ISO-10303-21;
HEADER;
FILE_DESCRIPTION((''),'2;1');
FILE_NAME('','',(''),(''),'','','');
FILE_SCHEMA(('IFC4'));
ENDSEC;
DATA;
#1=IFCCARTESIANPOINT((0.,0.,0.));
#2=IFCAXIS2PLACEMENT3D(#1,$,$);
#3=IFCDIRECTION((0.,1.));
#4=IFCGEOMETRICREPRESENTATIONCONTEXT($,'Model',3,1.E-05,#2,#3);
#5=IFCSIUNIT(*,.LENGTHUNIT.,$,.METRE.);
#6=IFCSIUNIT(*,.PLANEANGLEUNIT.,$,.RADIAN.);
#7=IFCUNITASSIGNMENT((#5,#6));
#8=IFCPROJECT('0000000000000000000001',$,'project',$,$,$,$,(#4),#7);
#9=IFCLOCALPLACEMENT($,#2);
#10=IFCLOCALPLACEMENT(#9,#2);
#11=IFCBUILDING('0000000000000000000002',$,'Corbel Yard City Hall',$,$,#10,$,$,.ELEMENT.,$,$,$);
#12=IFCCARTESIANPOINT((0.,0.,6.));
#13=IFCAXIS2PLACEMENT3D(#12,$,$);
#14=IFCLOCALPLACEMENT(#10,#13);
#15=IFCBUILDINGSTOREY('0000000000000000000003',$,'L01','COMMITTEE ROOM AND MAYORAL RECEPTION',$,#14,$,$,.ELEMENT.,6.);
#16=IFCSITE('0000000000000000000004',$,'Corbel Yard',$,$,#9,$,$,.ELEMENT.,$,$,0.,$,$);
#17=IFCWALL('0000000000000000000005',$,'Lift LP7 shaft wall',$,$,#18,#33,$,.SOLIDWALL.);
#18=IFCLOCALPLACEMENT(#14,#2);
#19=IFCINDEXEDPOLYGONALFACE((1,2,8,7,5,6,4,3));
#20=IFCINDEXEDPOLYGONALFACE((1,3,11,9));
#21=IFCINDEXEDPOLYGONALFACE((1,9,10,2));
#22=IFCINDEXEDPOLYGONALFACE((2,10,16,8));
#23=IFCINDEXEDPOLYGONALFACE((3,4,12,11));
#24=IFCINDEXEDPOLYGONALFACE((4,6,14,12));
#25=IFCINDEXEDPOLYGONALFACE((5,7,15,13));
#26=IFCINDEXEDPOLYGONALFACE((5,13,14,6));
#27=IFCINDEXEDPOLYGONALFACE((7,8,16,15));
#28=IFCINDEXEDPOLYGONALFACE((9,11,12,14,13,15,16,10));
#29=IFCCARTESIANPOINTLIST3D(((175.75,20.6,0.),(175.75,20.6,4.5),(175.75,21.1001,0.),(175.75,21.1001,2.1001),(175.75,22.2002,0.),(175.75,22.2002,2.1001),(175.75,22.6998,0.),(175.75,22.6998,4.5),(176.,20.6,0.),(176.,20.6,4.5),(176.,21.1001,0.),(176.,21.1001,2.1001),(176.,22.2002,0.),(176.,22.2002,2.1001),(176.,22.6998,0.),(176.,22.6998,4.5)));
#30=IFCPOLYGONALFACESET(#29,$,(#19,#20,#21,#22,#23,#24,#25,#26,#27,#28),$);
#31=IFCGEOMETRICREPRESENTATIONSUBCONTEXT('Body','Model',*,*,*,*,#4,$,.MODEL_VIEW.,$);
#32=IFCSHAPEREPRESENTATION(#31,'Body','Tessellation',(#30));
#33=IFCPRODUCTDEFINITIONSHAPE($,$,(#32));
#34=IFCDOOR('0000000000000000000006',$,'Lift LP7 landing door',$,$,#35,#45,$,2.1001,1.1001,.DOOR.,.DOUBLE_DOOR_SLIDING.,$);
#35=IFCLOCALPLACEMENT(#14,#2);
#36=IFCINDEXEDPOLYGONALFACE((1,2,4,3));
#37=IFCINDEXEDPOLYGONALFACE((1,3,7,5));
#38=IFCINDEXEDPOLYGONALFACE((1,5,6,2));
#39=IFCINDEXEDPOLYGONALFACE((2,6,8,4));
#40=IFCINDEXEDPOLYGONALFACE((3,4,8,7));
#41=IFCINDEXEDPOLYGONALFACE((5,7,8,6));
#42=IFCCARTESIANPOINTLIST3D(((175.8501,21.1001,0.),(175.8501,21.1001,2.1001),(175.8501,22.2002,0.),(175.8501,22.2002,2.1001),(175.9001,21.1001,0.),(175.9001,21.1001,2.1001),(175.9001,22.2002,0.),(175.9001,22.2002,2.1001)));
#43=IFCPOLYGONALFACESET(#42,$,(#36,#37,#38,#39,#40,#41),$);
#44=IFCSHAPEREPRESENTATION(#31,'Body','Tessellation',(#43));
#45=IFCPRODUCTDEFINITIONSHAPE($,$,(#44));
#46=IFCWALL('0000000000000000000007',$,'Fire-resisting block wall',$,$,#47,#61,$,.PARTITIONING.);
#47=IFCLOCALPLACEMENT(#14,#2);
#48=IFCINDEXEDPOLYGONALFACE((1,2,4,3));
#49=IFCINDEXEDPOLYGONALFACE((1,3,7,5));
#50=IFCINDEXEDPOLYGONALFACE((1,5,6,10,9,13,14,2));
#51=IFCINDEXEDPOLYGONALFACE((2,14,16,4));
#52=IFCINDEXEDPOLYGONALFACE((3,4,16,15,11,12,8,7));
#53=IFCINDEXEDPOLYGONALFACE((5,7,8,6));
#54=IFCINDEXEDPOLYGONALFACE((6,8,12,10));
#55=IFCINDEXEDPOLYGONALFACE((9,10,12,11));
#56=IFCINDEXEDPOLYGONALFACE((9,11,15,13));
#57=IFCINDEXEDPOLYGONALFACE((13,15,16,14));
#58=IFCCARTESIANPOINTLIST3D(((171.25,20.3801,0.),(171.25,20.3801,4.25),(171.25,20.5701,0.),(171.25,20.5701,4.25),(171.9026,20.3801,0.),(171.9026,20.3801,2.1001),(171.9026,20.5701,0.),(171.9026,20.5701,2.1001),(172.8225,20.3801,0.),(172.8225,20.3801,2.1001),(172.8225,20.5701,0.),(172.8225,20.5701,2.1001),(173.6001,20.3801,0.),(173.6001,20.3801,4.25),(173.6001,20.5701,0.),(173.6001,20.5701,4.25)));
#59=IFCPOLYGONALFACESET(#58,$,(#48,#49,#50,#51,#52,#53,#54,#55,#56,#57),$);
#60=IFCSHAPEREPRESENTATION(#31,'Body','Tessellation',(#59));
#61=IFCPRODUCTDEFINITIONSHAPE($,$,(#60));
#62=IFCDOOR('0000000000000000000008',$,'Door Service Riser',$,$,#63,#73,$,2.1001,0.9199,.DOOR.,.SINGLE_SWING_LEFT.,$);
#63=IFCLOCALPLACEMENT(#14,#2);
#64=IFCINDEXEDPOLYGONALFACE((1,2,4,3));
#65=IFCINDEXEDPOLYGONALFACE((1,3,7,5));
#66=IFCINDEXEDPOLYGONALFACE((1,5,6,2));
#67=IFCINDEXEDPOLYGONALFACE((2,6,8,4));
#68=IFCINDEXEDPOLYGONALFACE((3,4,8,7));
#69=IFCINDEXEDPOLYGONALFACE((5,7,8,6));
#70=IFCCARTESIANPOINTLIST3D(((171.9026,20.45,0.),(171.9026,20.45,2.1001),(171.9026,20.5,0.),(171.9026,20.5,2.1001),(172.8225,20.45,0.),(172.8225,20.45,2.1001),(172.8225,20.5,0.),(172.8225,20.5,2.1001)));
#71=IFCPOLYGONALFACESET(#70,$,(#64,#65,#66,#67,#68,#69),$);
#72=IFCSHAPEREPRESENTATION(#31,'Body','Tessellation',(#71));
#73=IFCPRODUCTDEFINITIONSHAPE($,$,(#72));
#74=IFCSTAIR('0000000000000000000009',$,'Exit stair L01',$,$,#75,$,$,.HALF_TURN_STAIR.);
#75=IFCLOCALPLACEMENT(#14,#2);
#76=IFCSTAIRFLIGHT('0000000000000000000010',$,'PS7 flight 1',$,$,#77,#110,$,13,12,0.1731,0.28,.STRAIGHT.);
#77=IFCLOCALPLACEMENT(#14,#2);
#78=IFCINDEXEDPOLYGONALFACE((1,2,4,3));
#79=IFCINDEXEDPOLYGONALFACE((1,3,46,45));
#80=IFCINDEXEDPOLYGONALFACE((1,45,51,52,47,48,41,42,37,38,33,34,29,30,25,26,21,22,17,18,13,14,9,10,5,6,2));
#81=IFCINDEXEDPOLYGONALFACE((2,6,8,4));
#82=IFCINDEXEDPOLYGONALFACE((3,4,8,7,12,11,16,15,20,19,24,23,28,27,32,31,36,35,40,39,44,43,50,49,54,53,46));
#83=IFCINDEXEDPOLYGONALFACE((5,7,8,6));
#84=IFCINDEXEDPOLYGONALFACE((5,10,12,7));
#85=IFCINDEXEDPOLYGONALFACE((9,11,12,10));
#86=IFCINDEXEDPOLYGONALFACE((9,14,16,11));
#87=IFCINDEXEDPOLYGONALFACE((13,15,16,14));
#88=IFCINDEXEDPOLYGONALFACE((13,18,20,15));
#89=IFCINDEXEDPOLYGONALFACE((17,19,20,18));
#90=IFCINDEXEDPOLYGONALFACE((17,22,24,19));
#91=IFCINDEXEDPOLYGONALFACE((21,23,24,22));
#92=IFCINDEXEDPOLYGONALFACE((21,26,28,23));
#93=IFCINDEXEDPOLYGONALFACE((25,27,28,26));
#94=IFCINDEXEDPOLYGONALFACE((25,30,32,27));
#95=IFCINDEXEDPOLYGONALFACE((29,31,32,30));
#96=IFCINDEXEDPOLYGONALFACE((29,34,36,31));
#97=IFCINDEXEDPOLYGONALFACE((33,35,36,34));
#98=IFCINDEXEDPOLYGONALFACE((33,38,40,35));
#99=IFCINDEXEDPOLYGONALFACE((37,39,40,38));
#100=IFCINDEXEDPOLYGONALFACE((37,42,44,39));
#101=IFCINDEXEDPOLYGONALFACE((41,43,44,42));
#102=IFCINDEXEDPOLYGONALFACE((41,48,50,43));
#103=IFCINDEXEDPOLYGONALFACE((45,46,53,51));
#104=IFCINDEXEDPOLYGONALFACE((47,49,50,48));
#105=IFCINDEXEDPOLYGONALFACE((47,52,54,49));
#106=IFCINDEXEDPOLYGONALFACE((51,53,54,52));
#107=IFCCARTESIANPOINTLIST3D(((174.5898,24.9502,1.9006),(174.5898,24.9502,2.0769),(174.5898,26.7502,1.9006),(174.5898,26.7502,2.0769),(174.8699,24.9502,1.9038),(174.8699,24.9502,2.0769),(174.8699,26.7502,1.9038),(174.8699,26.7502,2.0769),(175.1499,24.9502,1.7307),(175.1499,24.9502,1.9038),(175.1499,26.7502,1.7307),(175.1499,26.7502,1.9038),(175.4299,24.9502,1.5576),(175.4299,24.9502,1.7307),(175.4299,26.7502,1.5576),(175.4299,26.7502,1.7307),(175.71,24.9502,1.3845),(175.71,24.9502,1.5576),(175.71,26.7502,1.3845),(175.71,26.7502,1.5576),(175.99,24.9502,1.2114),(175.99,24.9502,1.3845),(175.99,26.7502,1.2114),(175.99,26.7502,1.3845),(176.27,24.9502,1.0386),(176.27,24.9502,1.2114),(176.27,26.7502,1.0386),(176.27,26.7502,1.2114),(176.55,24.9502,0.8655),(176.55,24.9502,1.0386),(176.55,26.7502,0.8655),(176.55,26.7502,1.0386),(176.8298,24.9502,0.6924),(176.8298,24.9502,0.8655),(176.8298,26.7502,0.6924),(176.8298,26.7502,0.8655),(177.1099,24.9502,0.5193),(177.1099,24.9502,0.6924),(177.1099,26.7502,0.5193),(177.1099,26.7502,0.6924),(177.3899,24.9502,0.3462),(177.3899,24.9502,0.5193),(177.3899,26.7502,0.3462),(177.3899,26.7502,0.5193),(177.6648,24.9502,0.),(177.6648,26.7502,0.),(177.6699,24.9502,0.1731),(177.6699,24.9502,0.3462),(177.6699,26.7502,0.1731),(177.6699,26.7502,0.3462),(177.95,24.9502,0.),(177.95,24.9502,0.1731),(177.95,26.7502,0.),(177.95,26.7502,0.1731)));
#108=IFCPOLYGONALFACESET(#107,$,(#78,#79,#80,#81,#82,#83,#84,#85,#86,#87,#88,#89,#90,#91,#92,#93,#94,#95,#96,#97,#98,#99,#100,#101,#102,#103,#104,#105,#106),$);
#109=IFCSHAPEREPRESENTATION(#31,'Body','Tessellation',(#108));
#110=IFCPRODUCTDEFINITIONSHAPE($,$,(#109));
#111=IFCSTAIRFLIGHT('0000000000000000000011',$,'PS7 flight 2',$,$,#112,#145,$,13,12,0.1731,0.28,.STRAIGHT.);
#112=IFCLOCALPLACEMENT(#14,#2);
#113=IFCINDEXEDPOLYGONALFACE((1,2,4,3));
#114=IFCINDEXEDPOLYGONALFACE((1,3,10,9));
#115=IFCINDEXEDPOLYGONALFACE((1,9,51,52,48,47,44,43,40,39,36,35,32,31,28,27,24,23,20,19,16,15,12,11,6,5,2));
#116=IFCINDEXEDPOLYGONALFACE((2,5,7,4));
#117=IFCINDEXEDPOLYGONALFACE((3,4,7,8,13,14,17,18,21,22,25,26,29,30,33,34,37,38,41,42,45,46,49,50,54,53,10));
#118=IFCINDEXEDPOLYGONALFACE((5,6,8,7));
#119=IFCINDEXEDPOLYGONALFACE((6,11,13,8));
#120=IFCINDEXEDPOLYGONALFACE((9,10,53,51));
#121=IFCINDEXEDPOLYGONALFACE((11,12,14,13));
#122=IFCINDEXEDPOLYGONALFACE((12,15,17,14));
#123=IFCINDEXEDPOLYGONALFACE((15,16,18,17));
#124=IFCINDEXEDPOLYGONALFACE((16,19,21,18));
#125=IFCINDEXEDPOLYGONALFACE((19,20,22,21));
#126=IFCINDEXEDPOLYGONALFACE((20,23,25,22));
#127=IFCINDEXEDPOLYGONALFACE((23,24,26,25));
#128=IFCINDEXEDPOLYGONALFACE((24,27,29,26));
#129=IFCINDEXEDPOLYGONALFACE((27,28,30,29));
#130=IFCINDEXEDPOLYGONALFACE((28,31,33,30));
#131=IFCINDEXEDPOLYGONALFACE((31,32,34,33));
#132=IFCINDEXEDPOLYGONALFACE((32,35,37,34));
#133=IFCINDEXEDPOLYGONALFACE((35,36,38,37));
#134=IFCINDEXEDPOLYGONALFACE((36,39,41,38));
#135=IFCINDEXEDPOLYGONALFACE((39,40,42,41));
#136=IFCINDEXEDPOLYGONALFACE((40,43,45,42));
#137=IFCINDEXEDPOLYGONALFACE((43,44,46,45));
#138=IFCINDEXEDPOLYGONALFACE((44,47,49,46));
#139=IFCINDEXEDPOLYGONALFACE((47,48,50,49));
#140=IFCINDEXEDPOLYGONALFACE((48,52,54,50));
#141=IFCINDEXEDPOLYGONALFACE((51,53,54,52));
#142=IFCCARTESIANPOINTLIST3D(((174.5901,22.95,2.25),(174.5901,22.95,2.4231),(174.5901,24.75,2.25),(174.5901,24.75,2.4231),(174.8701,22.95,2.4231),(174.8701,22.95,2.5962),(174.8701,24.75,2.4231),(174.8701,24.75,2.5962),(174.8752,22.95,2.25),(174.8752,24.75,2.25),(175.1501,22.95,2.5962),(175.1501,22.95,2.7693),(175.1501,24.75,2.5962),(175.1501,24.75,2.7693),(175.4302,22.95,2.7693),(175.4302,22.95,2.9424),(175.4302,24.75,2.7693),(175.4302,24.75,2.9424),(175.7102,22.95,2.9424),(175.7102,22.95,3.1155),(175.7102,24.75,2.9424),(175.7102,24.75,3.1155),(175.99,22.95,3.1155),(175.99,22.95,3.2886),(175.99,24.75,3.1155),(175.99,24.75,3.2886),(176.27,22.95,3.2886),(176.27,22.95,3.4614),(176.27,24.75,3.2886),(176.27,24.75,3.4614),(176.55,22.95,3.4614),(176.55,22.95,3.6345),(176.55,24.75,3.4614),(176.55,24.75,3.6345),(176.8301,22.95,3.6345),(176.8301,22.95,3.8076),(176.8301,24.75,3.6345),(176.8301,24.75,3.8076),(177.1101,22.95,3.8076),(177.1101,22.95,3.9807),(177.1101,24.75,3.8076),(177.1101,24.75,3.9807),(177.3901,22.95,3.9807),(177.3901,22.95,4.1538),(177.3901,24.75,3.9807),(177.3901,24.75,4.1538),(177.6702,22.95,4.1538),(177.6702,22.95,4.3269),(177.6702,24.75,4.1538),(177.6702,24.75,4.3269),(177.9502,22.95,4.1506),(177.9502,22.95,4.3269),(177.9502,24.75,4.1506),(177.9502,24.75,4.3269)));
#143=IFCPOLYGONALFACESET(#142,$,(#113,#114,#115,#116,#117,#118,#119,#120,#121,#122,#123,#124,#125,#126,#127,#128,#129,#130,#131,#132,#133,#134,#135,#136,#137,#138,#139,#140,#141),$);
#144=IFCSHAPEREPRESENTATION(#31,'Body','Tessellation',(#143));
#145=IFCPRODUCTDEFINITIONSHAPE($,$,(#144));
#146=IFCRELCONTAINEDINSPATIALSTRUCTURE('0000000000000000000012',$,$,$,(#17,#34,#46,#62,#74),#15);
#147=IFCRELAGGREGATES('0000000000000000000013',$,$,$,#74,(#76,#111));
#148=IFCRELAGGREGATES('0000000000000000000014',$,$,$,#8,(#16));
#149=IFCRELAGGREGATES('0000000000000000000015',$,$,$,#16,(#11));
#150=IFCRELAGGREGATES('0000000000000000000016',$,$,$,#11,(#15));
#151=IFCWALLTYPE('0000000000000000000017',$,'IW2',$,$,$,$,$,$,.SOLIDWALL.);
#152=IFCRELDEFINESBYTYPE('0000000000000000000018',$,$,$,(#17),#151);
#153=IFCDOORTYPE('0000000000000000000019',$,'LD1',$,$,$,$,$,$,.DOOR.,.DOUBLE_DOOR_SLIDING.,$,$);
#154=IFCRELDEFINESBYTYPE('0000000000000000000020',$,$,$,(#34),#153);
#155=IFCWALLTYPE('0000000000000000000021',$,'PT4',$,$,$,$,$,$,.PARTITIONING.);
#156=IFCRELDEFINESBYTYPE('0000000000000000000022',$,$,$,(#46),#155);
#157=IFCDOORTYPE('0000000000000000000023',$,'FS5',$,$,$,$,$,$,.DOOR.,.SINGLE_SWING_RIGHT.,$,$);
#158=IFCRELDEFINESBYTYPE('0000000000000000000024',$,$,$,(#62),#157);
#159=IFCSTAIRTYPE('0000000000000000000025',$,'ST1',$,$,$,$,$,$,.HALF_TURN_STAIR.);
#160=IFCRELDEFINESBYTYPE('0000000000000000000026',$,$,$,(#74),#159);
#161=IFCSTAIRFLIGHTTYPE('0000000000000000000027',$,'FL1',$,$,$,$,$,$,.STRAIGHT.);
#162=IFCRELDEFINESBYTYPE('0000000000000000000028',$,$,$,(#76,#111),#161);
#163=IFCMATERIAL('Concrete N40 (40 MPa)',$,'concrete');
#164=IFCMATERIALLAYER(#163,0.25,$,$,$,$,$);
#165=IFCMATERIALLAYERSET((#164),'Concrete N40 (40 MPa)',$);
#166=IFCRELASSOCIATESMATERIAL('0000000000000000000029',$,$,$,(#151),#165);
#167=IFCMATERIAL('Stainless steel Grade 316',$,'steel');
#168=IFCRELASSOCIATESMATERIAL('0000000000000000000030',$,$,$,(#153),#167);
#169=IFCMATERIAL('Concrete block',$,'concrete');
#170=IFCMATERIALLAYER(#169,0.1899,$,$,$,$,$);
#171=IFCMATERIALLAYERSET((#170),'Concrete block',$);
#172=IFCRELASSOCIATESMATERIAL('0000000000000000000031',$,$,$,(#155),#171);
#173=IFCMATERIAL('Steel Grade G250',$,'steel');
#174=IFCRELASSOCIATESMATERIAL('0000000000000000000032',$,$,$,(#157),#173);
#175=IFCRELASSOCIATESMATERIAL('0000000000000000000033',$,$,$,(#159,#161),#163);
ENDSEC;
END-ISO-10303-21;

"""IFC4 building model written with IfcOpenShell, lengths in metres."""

from ifc_helpers import new_model, si_unit, direction, frame, frame_2d, origin, place, context, subcontext, project, spatial, polyline, rectangle, outline, extrude, material, layer, layer_set, type_object, element, fill, aggregate, save


model = new_model("IFC4")

# Units and contexts
model_context = context("Model", 3, precision=1e-05, world=origin(), true_north=direction((0.0, 1.0)))
body_context = subcontext(model_context, "Body", "Model", "MODEL_VIEW")
ifc_project = project(units=[si_unit("LENGTHUNIT", "METRE"), si_unit("PLANEANGLEUNIT", "RADIAN")], contexts=[model_context])

# Site, building, storey
site_placement = place(None, origin())
site = spatial("IfcSite", under=ifc_project, at=site_placement, Name="Corbel Yard", CompositionType="ELEMENT", RefElevation=0.0)
building_placement = place(site_placement, origin())
building = spatial("IfcBuilding", under=site, at=building_placement, Name="Corbel Yard City Hall", CompositionType="ELEMENT")
storey_placement = place(building_placement, frame((0.0, 0.0, 6.0)))
storey = spatial("IfcBuildingStorey", under=building, at=storey_placement, Name="L01", Description="COMMITTEE ROOM AND MAYORAL RECEPTION", CompositionType="ELEMENT", Elevation=6.0)

# Shared definitions
ifc_material_1 = material(Name="Steel Grade G250", Category="steel")

# Shared definitions
ifc_material_2 = material(Name="Concrete N40 (40 MPa)", Category="concrete")

# Shared definitions
ifc_layer_1 = layer(ifc_material_2, 0.25)
ifc_layer_set_1 = layer_set([ifc_layer_1], Name="Concrete N40 (40 MPa)")
wall_type_1 = type_object("IfcWallType", Name="IW2", PredefinedType="SOLIDWALL", material=ifc_layer_set_1)

# Walls, openings, doors
wall_1_placement = place(storey_placement, frame((175.875, 20.6001, 0.0), z_axis=(0.0, 0.0, 1.0), x_axis=(0.0, 1.0, 0.0)))
wall_1 = element("IfcWall", 1, at=wall_1_placement, inside=storey, type_object=wall_type_1, Name="Lift LP7 shaft wall", PredefinedType="SOLIDWALL", context=body_context, shape_type="SweptSolid", body=[
    extrude(rectangle(XDim=2.0999, YDim=0.25, at=frame_2d((1.0498, 0.0))), origin(), (0.0, 0.0, 1.0), 4.5),
])
opening_1_placement = place(wall_1_placement, frame((0.5, 0.0, 0.0)))
opening_1 = element("IfcOpeningElement", 2, at=opening_1_placement, cuts=wall_1, PredefinedType="OPENING", context=body_context, shape_type="SweptSolid", body=[
    extrude(rectangle(XDim=1.1001, YDim=2.1001, at=frame_2d((0.55, 1.05))), frame((0.0, 0.135, 0.0), z_axis=(0.0, -1.0, 0.0), x_axis=(1.0, 0.0, 0.0)), (0.0, 0.0, 1.0), 0.27),
])
ifc_material_3 = material(Name="Stainless steel Grade 316", Category="steel")
door_type_1 = type_object("IfcDoorType", Name="LD1", OperationType="DOUBLE_DOOR_SLIDING", PredefinedType="DOOR", material=ifc_material_3)
door_1_placement = place(opening_1_placement, origin())
door_1 = element("IfcDoor", 3, at=door_1_placement, inside=storey, type_object=door_type_1, Name="Lift LP7 landing door", OperationType="DOUBLE_DOOR_SLIDING", OverallHeight=2.1001, OverallWidth=1.1001, PredefinedType="DOOR", context=body_context, shape_type="SweptSolid", body=[
    extrude(rectangle(XDim=1.1001, YDim=2.1001, at=frame_2d((0.55, 1.05))), frame((0.0, 0.0249, 0.0), z_axis=(0.0, -1.0, 0.0), x_axis=(1.0, 0.0, 0.0)), (0.0, 0.0, 1.0), 0.05),
])
fill(opening_1, door_1)
ifc_material_4 = material(Name="Concrete block", Category="concrete")
ifc_layer_2 = layer(ifc_material_4, 0.1899)
ifc_layer_set_2 = layer_set([ifc_layer_2], Name="Concrete block")
wall_type_2 = type_object("IfcWallType", Name="PT4", PredefinedType="PARTITIONING", material=ifc_layer_set_2)
wall_2_placement = place(storey_placement, frame((171.25, 20.4751, 0.0), z_axis=(0.0, 0.0, 1.0), x_axis=(1.0, 0.0, 0.0)))
wall_2 = element("IfcWall", 4, at=wall_2_placement, inside=storey, type_object=wall_type_2, Name="Fire-resisting block wall", PredefinedType="PARTITIONING", context=body_context, shape_type="SweptSolid", body=[
    extrude(rectangle(XDim=2.3501, YDim=0.1899, at=frame_2d((1.175, 0.0))), origin(), (0.0, 0.0, 1.0), 4.25),
])
opening_2_placement = place(wall_2_placement, frame((0.6526, 0.0, 0.0)))
opening_2 = element("IfcOpeningElement", 5, at=opening_2_placement, cuts=wall_2, PredefinedType="OPENING", context=body_context, shape_type="SweptSolid", body=[
    extrude(rectangle(XDim=0.9199, YDim=2.1001, at=frame_2d((0.46, 1.05))), frame((0.0, 0.105, 0.0), z_axis=(0.0, -1.0, 0.0), x_axis=(1.0, 0.0, 0.0)), (0.0, 0.0, 1.0), 0.21),
])
door_type_2 = type_object("IfcDoorType", Name="FS5", OperationType="SINGLE_SWING_RIGHT", PredefinedType="DOOR", material=ifc_material_1)
door_2_placement = place(opening_2_placement, origin())
door_2 = element("IfcDoor", 6, at=door_2_placement, inside=storey, type_object=door_type_2, Name="Door Service Riser", OperationType="SINGLE_SWING_LEFT", OverallHeight=2.1001, OverallWidth=0.9199, PredefinedType="DOOR", context=body_context, shape_type="SweptSolid", body=[
    extrude(rectangle(XDim=0.9199, YDim=2.1001, at=frame_2d((0.46, 1.05))), frame((0.0, 0.0249, 0.0), z_axis=(0.0, -1.0, 0.0), x_axis=(1.0, 0.0, 0.0)), (0.0, 0.0, 1.0), 0.05),
])
fill(opening_2, door_2)

# Stair, stair flights
stair_type = type_object("IfcStairType", Name="ST1", PredefinedType="HALF_TURN_STAIR", material=ifc_material_2)
stair_placement = place(storey_placement, origin())
stair = element("IfcStair", 7, at=stair_placement, inside=storey, type_object=stair_type, Name="Exit stair L01", PredefinedType="HALF_TURN_STAIR")
stair_flight_type = type_object("IfcStairFlightType", Name="FL1", PredefinedType="STRAIGHT", material=ifc_material_2)
stair_flight_1_placement = place(storey_placement, frame((177.95, 25.8501, 0.0), z_axis=(0.0, 0.0, 1.0), x_axis=(-1.0, 0.0, 0.0)))
stair_flight_1 = element("IfcStairFlight", 8, at=stair_flight_1_placement, type_object=stair_flight_type, Name="PS7 flight 1", NumberOfRisers=13, NumberOfTreads=12, PredefinedType="STRAIGHT", RiserHeight=0.1731, TreadLength=0.28, context=body_context, shape_type="SweptSolid", body=[
    extrude(outline(polyline([(0.0, 0.0), (0.0, 0.1731), (0.28, 0.1731), (0.28, 0.3462), (0.5601, 0.3462), (0.5601, 0.5193), (0.8401, 0.5193), (0.8401, 0.6924), (1.1201, 0.6924), (1.1201, 0.8655), (1.3999, 0.8655), (1.3999, 1.0386), (1.6799, 1.0386), (1.6799, 1.2114), (1.96, 1.2114), (1.96, 1.3845), (2.24, 1.3845), (2.24, 1.5576), (2.52, 1.5576), (2.52, 1.7307), (2.8, 1.7307), (2.8, 1.9038), (3.0801, 1.9038), (3.0801, 2.0769), (3.3601, 2.0769), (3.3601, 2.25), (3.3601, 1.9006), (0.2852, 0.0), (0.0, 0.0)])), frame((0.0, 0.8999, 0.0), z_axis=(0.0, -1.0, 0.0), x_axis=(1.0, 0.0, 0.0)), (0.0, 0.0, 1.0), 1.8),
])
stair_flight_2_placement = place(storey_placement, frame((174.5901, 23.8501, 2.25), z_axis=(0.0, 0.0, 1.0), x_axis=(1.0, 0.0, 0.0)))
stair_flight_2 = element("IfcStairFlight", 9, at=stair_flight_2_placement, type_object=stair_flight_type, Name="PS7 flight 2", NumberOfRisers=13, NumberOfTreads=12, PredefinedType="STRAIGHT", RiserHeight=0.1731, TreadLength=0.28, context=body_context, shape_type="SweptSolid", body=[
    extrude(outline(polyline([(0.0, 0.0), (0.0, 0.1731), (0.28, 0.1731), (0.28, 0.3462), (0.5601, 0.3462), (0.5601, 0.5193), (0.8401, 0.5193), (0.8401, 0.6924), (1.1201, 0.6924), (1.1201, 0.8655), (1.3999, 0.8655), (1.3999, 1.0386), (1.6799, 1.0386), (1.6799, 1.2114), (1.96, 1.2114), (1.96, 1.3845), (2.24, 1.3845), (2.24, 1.5576), (2.52, 1.5576), (2.52, 1.7307), (2.8, 1.7307), (2.8, 1.9038), (3.0801, 1.9038), (3.0801, 2.0769), (3.3601, 2.0769), (3.3601, 2.25), (3.3601, 1.9006), (0.2852, 0.0), (0.0, 0.0)])), frame((0.0, 0.8999, 0.0), z_axis=(0.0, -1.0, 0.0), x_axis=(1.0, 0.0, 0.0)), (0.0, 0.0, 1.0), 1.8),
])
aggregate(stair, [stair_flight_1, stair_flight_2])

save(model, "model.ifc")
